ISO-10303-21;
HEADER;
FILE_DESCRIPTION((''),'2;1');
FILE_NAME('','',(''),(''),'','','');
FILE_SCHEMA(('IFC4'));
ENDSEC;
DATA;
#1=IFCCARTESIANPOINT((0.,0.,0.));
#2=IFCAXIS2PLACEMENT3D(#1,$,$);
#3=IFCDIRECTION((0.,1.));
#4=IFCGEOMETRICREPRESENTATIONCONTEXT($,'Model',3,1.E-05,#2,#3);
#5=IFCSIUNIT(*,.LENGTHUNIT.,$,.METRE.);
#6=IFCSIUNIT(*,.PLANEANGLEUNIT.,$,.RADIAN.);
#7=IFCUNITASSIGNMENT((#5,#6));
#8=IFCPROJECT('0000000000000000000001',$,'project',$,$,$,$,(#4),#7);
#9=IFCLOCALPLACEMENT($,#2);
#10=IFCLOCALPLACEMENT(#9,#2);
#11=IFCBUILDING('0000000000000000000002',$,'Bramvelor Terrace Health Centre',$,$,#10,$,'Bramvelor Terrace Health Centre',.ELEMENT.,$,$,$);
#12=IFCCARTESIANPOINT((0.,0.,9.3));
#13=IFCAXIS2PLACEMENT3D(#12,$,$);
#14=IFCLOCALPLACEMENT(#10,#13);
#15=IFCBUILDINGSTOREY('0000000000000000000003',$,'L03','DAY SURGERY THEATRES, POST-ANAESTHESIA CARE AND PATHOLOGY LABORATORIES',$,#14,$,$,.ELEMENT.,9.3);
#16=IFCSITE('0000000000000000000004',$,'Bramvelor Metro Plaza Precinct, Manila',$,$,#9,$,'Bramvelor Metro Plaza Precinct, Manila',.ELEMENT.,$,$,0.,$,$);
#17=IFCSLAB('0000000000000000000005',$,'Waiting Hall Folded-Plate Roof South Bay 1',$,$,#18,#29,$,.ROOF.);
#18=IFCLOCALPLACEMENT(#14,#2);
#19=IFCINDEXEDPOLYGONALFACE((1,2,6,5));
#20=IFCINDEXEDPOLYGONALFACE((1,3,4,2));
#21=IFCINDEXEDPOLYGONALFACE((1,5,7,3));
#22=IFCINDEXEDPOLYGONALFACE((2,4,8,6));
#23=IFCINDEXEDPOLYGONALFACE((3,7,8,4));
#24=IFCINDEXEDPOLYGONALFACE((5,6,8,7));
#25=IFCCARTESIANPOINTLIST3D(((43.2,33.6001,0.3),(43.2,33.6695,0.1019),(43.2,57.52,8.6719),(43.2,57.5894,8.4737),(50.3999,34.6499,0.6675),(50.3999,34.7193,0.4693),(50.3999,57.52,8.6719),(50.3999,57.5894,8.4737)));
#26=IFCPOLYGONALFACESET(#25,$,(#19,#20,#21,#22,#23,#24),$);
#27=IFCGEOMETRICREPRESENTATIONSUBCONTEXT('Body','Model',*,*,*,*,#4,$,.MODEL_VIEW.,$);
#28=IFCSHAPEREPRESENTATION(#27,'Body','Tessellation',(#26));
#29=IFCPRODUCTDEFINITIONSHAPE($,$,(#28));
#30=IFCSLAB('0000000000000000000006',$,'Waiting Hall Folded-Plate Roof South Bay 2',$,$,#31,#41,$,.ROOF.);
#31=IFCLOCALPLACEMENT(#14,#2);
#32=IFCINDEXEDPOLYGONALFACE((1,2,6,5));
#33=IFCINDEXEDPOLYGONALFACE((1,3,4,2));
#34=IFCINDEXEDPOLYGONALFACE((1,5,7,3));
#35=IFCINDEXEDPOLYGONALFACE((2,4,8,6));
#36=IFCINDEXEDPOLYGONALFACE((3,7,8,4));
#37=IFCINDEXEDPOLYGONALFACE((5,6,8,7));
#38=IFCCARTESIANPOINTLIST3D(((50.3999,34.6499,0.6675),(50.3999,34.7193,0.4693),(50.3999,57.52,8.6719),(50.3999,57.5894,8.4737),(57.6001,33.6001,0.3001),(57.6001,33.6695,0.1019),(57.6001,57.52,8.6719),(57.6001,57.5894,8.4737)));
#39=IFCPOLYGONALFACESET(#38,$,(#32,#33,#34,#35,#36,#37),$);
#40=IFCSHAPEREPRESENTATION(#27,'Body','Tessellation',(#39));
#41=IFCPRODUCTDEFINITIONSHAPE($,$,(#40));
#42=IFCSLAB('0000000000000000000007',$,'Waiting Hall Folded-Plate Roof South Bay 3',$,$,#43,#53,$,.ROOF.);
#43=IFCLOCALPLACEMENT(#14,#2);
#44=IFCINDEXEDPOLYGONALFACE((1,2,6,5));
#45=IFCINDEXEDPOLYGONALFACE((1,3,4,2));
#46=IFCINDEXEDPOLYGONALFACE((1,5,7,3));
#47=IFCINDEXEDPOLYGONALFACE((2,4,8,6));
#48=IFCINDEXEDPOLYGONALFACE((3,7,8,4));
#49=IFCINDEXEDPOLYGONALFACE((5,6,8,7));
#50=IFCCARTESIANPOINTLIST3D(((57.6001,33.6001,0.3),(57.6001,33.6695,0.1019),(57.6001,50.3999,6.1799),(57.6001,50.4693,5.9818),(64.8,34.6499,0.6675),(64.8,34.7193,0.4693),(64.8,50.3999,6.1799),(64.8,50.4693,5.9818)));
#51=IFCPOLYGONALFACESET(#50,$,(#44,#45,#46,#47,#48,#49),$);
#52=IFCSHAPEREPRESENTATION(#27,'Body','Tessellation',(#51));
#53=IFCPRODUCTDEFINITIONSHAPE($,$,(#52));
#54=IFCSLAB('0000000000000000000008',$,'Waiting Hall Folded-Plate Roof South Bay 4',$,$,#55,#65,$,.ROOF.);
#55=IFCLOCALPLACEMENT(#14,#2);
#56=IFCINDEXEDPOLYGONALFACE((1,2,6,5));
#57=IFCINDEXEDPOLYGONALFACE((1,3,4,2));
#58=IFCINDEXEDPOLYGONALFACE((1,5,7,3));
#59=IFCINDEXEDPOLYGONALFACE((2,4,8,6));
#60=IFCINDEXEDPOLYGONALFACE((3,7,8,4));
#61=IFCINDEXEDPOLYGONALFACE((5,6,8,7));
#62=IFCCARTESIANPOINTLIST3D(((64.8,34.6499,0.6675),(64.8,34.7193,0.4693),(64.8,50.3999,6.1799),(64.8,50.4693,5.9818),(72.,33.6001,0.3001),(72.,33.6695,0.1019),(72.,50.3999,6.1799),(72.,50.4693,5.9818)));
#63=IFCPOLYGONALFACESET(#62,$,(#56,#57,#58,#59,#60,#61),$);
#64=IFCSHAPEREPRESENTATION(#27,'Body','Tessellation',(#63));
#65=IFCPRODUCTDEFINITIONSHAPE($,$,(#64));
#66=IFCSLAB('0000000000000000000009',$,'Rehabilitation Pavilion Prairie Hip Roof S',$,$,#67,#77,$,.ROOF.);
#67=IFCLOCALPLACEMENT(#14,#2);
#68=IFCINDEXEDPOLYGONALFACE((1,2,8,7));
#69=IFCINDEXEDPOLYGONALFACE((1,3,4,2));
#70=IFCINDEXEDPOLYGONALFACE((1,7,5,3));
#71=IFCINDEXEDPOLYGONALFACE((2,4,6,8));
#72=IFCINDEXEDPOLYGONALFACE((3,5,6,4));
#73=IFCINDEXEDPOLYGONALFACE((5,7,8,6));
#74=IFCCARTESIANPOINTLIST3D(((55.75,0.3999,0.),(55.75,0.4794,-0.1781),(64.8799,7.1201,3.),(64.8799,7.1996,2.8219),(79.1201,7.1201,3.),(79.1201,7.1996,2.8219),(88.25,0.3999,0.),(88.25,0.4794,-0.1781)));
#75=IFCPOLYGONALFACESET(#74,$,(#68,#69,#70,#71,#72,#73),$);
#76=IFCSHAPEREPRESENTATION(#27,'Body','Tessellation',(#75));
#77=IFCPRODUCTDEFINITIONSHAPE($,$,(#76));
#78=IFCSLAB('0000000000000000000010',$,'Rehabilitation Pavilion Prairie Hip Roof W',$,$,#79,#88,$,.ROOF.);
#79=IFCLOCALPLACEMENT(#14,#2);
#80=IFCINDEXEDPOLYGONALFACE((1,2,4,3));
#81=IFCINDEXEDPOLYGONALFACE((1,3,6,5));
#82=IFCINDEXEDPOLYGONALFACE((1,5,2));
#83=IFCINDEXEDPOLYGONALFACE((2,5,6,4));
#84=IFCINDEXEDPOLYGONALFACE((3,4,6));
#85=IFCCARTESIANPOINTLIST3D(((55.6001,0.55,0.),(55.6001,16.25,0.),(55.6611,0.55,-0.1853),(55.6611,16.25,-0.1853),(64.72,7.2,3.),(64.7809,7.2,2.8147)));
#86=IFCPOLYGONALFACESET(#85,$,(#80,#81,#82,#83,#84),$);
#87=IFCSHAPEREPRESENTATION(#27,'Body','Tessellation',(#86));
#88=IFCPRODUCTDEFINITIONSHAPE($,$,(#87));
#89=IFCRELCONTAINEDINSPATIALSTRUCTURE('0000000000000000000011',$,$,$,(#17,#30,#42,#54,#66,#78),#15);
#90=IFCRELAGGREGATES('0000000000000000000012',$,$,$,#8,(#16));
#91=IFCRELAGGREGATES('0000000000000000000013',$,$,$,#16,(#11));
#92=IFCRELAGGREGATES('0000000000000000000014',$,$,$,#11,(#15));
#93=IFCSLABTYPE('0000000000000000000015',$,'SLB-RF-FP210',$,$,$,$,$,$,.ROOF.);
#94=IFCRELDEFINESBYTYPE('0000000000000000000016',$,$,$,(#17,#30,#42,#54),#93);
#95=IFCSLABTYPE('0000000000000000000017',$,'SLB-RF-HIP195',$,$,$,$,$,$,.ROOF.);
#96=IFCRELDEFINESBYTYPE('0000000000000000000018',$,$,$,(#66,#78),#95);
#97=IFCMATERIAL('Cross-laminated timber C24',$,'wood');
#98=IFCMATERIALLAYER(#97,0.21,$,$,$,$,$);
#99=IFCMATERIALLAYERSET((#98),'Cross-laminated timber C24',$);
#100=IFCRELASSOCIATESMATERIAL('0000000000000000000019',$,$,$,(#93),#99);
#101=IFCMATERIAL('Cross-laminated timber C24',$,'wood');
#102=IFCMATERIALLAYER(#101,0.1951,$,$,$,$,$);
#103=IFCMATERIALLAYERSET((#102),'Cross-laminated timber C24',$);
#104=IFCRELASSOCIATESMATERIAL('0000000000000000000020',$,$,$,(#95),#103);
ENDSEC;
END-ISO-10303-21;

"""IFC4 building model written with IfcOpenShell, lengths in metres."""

from ifc_helpers import new_model, si_unit, direction, frame, origin, place, context, subcontext, project, spatial, polyline, outline, extrude, material, layer, layer_set, type_object, element, save


model = new_model("IFC4")

# Units and contexts
model_context = context("Model", 3, precision=1e-05, world=origin(), true_north=direction((0.0, 1.0)))
body_context = subcontext(model_context, "Body", "Model", "MODEL_VIEW")
ifc_project = project(units=[si_unit("LENGTHUNIT", "METRE"), si_unit("PLANEANGLEUNIT", "RADIAN")], contexts=[model_context])

# Site, building, storey
site_placement = place(None, origin())
site = spatial("IfcSite", under=ifc_project, at=site_placement, Name="Bramvelor Metro Plaza Precinct, Manila", LongName="Bramvelor Metro Plaza Precinct, Manila", CompositionType="ELEMENT", RefElevation=0.0)
building_placement = place(site_placement, origin())
building = spatial("IfcBuilding", under=site, at=building_placement, Name="Bramvelor Terrace Health Centre", LongName="Bramvelor Terrace Health Centre", CompositionType="ELEMENT")
storey_placement = place(building_placement, frame((0.0, 0.0, 9.3)))
storey = spatial("IfcBuildingStorey", under=building, at=storey_placement, Name="L03", Description="DAY SURGERY THEATRES, POST-ANAESTHESIA CARE AND PATHOLOGY LABORATORIES", CompositionType="ELEMENT", Elevation=9.3)

# Slabs
ifc_material_1 = material(Name="Cross-laminated timber C24", Category="wood")
ifc_layer_1 = layer(ifc_material_1, 0.21)
ifc_layer_set_1 = layer_set([ifc_layer_1], Name="Cross-laminated timber C24")
slab_type_1 = type_object("IfcSlabType", Name="SLB-RF-FP210", PredefinedType="ROOF", material=ifc_layer_set_1)
slab_1_placement = place(storey_placement, frame((43.2, 33.6001, 0.3), z_axis=(0.0, -0.330345, 0.94386), x_axis=(0.988277, 0.144098, 0.050434)))
element("IfcSlab", 1, at=slab_1_placement, inside=storey, type_object=slab_type_1, Name="Waiting Hall Folded-Plate Roof South Bay 1", PredefinedType="ROOF", context=body_context, shape_type="SweptSolid", body=[
    extrude(outline(polyline([(0.0, 0.0), (7.2854, 0.0), (10.9846, 23.9464), (3.869, 25.0456), (0.0, 0.0)])), origin(), (0.0, 0.0, -1.0), 0.21),
])
slab_2_placement = place(storey_placement, frame((50.3999, 34.6499, 0.6675), z_axis=(0.0, -0.330345, 0.94386), x_axis=(0.988278, -0.144093, -0.050432)))
element("IfcSlab", 2, at=slab_2_placement, inside=storey, type_object=slab_type_1, Name="Waiting Hall Folded-Plate Roof South Bay 2", PredefinedType="ROOF", context=body_context, shape_type="SweptSolid", body=[
    extrude(outline(polyline([(0.0, 0.0), (7.2856, 0.0), (3.4167, 25.0456), (-3.6991, 23.9464), (0.0, 0.0)])), origin(), (0.0, 0.0, -1.0), 0.21),
])
slab_3_placement = place(storey_placement, frame((57.6001, 33.6001, 0.3), z_axis=(0.0, -0.330348, 0.943859), x_axis=(0.988277, 0.144098, 0.050434)))
element("IfcSlab", 3, at=slab_3_placement, inside=storey, type_object=slab_type_1, Name="Waiting Hall Folded-Plate Roof South Bay 3", PredefinedType="ROOF", context=body_context, shape_type="SweptSolid", body=[
    extrude(outline(polyline([(0.0, 0.0), (7.2854, 0.0), (9.8329, 16.4912), (2.7174, 17.5904), (0.0, 0.0)])), origin(), (0.0, 0.0, -1.0), 0.21),
])
slab_4_placement = place(storey_placement, frame((64.8, 34.6499, 0.6675), z_axis=(0.0, -0.330348, 0.943859), x_axis=(0.988277, -0.144098, -0.050434)))
element("IfcSlab", 4, at=slab_4_placement, inside=storey, type_object=slab_type_1, Name="Waiting Hall Folded-Plate Roof South Bay 4", PredefinedType="ROOF", context=body_context, shape_type="SweptSolid", body=[
    extrude(outline(polyline([(0.0, 0.0), (7.2854, 0.0), (4.568, 17.5904), (-2.5476, 16.4912), (0.0, 0.0)])), origin(), (0.0, 0.0, -1.0), 0.21),
])
ifc_material_2 = material(Name="Cross-laminated timber C24", Category="wood")
ifc_layer_2 = layer(ifc_material_2, 0.1951)
ifc_layer_set_2 = layer_set([ifc_layer_2], Name="Cross-laminated timber C24")
slab_type_2 = type_object("IfcSlabType", Name="SLB-RF-HIP195", PredefinedType="ROOF", material=ifc_layer_set_2)
slab_5_placement = place(storey_placement, frame((55.75, 0.3999, 0.0), z_axis=(0.0, -0.40764, 0.913143), x_axis=(1.0, 0.0, 0.0)))
element("IfcSlab", 5, at=slab_5_placement, inside=storey, type_object=slab_type_2, Name="Rehabilitation Pavilion Prairie Hip Roof S", PredefinedType="ROOF", context=body_context, shape_type="SweptSolid", body=[
    extrude(outline(polyline([(0.0, 0.0), (32.5, 0.0), (23.3701, 7.3594), (9.1299, 7.3594), (0.0, 0.0)])), origin(), (0.0, 0.0, -1.0), 0.1951),
])
slab_6_placement = place(storey_placement, frame((55.6001, 16.25, 0.0), z_axis=(-0.31248, 0.0, 0.949924), x_axis=(0.0, -1.0, 0.0)))
element("IfcSlab", 6, at=slab_6_placement, inside=storey, type_object=slab_type_2, Name="Rehabilitation Pavilion Prairie Hip Roof W", PredefinedType="ROOF", context=body_context, shape_type="SweptSolid", body=[
    extrude(outline(polyline([(0.0, 0.0), (15.7, 0.0), (9.05, 9.6006), (0.0, 0.0)])), origin(), (0.0, 0.0, -1.0), 0.1951),
])

save(model, "model.ifc")
